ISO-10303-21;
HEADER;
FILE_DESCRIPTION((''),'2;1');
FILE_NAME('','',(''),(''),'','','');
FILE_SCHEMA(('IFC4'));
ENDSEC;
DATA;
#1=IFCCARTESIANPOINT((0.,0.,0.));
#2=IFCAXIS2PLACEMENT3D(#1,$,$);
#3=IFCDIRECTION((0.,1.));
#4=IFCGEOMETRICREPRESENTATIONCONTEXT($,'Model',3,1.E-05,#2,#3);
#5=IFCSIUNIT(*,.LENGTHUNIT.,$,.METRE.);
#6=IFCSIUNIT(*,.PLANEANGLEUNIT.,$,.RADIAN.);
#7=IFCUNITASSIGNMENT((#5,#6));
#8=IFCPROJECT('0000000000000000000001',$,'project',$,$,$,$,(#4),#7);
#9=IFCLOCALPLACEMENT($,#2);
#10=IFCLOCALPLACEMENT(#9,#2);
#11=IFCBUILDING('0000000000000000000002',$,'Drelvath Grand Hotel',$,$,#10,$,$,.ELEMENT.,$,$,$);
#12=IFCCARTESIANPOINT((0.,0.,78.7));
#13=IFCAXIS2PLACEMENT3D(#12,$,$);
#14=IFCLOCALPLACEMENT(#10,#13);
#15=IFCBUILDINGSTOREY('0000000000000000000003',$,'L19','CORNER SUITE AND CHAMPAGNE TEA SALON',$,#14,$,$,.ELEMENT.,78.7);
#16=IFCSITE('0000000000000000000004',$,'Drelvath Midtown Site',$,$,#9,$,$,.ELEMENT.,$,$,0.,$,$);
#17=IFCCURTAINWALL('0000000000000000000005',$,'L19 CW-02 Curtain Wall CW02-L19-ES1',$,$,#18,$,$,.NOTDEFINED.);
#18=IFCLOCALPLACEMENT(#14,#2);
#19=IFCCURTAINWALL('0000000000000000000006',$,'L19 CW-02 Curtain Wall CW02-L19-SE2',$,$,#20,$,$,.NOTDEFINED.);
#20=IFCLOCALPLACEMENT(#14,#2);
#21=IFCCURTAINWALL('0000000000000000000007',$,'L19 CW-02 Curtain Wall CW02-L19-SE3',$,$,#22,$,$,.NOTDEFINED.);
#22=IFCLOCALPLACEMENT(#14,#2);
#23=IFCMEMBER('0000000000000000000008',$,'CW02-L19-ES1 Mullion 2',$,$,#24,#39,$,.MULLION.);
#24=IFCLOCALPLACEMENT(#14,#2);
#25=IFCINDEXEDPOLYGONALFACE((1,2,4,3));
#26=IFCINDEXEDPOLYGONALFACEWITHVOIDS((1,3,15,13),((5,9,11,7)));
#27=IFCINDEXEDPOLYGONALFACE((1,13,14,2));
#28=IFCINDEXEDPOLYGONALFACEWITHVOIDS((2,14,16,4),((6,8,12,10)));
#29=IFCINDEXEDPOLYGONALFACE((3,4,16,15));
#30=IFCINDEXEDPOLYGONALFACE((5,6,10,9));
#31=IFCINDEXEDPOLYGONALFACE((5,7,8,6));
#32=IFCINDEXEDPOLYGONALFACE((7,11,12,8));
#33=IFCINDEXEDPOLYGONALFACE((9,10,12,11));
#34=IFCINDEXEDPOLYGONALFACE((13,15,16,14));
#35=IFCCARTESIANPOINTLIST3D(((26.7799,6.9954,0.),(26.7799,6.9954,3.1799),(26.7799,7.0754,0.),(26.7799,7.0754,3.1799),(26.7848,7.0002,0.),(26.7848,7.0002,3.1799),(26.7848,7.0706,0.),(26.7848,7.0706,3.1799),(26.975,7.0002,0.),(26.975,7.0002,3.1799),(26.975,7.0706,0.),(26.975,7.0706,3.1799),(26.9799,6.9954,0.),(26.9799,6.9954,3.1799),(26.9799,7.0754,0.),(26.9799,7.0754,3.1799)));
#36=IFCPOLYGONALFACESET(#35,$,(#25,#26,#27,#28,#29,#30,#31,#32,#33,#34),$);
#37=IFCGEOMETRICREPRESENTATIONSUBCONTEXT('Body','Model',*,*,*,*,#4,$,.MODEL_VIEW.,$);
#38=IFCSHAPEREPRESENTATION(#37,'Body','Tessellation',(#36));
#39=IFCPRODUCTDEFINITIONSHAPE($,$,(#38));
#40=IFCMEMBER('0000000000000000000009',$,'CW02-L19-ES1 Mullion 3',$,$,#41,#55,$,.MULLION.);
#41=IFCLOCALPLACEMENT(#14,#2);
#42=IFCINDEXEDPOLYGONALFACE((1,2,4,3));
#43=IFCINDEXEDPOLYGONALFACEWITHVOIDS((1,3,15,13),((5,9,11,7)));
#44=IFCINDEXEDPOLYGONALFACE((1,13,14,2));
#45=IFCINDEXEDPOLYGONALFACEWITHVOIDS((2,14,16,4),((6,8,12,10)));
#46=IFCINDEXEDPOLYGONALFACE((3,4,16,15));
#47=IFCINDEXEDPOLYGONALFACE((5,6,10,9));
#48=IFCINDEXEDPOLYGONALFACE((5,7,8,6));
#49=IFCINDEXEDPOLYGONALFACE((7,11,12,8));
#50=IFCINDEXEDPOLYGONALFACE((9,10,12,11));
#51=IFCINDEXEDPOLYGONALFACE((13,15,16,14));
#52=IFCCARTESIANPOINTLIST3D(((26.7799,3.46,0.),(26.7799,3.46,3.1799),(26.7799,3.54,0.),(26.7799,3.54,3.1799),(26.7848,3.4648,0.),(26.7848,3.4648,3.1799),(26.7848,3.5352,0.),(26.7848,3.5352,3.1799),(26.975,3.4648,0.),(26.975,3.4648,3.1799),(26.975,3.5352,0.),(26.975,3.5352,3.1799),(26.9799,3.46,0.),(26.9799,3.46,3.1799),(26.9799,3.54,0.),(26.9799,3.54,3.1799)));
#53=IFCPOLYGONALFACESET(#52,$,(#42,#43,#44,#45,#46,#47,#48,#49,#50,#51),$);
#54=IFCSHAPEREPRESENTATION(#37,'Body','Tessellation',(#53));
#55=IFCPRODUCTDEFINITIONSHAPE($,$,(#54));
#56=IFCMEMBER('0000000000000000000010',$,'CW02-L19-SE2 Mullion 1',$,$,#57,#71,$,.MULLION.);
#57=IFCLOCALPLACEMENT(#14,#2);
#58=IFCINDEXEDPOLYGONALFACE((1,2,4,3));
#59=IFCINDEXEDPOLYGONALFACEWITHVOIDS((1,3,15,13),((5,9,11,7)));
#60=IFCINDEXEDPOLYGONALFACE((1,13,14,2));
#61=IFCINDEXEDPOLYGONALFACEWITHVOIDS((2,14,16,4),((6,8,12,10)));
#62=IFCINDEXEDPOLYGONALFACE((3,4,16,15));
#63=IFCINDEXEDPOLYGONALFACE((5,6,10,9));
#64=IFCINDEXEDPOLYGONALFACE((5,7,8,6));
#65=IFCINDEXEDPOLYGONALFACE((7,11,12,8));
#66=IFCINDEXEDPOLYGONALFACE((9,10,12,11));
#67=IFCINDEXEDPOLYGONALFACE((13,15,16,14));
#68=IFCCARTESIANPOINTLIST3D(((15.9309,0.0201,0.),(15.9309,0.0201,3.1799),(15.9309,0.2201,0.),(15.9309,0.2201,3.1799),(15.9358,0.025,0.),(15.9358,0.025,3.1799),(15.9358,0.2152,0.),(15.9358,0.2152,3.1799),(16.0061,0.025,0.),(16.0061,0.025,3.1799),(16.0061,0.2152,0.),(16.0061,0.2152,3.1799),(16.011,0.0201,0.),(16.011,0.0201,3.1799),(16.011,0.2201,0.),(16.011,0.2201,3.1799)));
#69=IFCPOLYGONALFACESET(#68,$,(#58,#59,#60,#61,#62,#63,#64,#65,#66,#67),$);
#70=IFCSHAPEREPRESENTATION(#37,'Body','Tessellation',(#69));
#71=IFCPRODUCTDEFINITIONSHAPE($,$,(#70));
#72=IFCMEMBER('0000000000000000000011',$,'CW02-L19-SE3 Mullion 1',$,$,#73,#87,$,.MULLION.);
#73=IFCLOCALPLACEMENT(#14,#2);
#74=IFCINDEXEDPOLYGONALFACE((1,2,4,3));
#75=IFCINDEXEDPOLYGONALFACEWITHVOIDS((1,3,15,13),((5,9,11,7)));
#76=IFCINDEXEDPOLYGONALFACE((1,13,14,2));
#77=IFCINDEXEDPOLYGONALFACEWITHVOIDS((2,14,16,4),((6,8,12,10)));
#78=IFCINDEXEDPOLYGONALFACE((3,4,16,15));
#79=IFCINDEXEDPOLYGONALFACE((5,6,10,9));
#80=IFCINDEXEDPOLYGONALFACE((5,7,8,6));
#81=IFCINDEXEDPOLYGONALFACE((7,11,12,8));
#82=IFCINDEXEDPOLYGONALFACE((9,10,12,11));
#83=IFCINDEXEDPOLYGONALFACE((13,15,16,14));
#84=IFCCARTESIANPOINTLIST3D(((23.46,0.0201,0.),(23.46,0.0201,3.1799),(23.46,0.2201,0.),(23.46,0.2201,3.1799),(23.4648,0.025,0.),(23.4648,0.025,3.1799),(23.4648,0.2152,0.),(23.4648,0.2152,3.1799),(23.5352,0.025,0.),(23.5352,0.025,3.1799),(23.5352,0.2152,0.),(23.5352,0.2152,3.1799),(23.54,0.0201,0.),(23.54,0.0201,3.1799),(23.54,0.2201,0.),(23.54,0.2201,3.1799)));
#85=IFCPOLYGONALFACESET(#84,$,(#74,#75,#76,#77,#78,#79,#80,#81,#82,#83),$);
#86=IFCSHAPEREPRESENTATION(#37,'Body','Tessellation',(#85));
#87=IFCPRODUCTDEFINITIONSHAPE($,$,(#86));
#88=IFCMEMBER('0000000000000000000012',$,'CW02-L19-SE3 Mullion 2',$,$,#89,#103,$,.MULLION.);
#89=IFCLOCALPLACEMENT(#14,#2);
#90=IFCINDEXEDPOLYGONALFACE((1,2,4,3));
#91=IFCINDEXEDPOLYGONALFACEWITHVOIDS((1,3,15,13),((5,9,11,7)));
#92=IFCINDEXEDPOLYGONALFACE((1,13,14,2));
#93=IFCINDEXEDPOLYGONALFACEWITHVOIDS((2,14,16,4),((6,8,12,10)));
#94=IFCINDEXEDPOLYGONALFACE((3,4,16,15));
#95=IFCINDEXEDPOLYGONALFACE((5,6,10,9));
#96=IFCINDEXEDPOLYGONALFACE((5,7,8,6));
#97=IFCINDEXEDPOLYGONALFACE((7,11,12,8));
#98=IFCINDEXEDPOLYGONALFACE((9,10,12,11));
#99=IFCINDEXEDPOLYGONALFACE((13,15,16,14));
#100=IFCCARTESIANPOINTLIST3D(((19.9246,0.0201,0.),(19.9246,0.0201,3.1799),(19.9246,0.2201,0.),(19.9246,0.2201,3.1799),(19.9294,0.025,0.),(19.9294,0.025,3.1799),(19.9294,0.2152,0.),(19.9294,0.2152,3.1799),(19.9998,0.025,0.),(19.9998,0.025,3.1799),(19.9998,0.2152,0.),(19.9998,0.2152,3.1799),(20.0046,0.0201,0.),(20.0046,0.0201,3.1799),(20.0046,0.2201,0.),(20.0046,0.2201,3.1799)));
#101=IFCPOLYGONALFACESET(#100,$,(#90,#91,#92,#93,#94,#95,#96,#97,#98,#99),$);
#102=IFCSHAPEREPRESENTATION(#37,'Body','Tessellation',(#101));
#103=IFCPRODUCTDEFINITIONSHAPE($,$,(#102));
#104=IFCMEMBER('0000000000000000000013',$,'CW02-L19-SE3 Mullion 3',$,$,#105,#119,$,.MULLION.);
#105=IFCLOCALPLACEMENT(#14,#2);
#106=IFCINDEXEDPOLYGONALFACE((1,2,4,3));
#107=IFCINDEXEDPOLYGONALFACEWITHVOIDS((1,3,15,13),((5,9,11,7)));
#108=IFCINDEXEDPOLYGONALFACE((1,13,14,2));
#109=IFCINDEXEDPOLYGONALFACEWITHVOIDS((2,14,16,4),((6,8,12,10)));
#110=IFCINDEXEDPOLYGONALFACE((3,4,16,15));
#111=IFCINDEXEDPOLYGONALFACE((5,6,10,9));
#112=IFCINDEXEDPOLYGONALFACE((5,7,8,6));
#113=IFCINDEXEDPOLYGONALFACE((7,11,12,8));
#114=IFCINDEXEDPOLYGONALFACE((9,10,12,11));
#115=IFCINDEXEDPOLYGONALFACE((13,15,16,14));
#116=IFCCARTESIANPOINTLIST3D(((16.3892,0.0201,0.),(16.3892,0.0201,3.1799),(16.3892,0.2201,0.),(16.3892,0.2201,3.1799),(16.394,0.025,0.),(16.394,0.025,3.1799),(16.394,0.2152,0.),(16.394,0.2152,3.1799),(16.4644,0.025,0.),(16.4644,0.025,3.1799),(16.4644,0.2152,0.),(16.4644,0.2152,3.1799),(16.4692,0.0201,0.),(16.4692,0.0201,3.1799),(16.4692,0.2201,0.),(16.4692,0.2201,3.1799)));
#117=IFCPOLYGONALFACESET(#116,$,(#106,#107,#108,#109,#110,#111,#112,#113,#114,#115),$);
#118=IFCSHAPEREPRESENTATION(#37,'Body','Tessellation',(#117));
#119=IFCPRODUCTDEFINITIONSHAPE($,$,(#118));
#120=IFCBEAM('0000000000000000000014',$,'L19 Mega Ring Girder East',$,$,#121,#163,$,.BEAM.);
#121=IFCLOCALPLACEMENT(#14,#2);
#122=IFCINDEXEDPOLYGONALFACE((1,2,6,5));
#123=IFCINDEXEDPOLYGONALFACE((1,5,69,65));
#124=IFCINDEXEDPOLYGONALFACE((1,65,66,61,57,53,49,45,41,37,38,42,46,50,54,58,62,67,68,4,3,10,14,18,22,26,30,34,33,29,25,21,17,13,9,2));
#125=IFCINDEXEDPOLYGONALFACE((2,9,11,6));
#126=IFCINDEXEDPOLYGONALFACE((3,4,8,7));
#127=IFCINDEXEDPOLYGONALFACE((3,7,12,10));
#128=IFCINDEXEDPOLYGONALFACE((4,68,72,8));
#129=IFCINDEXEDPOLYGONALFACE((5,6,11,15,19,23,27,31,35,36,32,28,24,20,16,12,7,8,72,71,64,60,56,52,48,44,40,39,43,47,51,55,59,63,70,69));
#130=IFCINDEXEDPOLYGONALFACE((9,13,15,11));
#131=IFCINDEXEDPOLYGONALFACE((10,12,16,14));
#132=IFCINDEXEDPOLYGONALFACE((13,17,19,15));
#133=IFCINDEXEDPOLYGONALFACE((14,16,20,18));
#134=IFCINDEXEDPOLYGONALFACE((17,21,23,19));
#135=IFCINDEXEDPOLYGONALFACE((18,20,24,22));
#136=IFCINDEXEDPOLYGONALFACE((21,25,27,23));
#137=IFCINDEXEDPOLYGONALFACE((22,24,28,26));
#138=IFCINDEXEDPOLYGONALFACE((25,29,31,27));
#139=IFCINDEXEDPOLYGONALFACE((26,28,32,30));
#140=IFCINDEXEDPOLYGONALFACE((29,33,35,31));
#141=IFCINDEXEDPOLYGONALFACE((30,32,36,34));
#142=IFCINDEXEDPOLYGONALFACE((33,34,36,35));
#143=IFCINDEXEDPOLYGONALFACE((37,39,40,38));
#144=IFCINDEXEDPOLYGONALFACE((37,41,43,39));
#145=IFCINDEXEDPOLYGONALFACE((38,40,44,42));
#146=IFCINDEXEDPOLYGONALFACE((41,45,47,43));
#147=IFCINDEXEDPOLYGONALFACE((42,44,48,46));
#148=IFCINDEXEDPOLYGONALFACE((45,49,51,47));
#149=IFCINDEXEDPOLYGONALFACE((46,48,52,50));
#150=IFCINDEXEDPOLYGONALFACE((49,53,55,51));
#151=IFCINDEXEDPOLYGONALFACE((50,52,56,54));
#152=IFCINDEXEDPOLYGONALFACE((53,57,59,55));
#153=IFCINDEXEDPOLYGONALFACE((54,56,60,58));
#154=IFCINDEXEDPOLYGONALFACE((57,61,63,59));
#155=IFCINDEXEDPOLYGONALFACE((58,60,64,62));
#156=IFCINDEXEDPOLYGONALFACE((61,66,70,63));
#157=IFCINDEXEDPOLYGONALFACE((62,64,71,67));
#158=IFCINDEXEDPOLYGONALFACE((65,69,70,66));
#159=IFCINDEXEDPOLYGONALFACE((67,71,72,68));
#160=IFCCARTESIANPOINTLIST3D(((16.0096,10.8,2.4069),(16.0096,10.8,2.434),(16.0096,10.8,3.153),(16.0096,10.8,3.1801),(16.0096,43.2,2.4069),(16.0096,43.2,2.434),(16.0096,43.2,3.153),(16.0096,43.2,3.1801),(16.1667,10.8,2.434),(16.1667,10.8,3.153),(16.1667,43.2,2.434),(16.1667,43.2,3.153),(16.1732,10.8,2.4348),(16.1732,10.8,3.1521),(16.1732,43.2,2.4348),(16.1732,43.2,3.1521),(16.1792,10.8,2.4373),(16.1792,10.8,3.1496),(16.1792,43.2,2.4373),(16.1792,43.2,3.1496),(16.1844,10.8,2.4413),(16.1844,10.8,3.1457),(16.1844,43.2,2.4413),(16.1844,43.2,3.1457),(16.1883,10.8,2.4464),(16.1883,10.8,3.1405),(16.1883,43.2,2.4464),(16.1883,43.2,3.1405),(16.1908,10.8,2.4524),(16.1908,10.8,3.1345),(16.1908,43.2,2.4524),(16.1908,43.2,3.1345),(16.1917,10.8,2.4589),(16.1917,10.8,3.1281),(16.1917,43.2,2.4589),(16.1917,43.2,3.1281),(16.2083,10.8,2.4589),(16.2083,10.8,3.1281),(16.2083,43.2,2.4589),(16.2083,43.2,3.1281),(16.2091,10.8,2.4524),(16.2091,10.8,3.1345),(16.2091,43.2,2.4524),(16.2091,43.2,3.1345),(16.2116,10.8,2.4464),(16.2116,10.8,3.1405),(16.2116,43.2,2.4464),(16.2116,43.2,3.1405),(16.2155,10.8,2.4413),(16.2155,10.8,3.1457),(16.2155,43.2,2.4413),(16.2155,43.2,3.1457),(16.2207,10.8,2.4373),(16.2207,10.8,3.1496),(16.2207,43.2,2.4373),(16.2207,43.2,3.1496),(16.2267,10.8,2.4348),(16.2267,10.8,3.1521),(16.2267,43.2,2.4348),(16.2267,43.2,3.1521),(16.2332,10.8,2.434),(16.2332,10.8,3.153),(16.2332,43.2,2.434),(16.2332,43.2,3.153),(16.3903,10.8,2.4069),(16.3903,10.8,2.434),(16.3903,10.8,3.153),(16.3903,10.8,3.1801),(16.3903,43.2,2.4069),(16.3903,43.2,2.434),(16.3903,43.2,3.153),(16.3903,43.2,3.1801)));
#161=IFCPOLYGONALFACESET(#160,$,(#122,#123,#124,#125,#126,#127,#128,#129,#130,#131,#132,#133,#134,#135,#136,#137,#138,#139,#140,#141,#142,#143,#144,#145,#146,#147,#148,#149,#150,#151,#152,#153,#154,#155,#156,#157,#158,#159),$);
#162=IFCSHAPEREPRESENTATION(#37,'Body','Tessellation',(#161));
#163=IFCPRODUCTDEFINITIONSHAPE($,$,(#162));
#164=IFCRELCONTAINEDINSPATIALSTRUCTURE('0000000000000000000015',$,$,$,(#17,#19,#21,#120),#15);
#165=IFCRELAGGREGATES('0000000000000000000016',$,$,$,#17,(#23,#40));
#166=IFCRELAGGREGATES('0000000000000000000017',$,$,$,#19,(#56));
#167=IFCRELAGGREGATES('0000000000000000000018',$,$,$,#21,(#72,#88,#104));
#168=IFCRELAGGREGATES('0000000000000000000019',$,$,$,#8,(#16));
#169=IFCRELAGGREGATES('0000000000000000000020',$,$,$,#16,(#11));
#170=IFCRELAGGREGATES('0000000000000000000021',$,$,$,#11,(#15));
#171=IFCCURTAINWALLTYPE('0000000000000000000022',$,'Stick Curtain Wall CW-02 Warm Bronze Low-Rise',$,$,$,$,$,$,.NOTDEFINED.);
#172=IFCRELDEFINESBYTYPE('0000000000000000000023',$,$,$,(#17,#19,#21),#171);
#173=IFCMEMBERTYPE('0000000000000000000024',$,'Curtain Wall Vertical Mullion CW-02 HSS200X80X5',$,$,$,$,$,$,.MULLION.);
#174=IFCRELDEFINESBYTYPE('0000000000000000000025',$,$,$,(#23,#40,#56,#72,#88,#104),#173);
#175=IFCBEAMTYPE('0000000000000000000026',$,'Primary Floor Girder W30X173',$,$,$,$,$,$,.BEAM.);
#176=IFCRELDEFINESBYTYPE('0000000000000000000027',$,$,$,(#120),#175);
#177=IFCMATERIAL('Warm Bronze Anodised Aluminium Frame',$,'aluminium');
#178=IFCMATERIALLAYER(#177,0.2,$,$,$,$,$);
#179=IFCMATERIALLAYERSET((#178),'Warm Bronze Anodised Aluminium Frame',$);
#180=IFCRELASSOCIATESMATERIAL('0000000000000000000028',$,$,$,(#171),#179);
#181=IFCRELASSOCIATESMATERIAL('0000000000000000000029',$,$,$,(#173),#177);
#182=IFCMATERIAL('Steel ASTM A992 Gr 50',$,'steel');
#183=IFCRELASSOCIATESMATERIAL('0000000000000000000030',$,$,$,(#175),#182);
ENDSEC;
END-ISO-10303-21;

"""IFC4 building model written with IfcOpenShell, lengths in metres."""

from ifc_helpers import new_model, si_unit, direction, frame, origin, origin_2d, place, context, subcontext, project, spatial, hollow_rectangle, i_section, extrude, material, layer, layer_set, material_profile, profile_set, type_object, element, aggregate, save


model = new_model("IFC4")

# Units and contexts
model_context = context("Model", 3, precision=1e-05, world=origin(), true_north=direction((0.0, 1.0)))
body_context = subcontext(model_context, "Body", "Model", "MODEL_VIEW")
ifc_project = project(units=[si_unit("LENGTHUNIT", "METRE"), si_unit("PLANEANGLEUNIT", "RADIAN")], contexts=[model_context])

# Site, building, storey
site_placement = place(None, origin())
site = spatial("IfcSite", under=ifc_project, at=site_placement, Name="Drelvath Midtown Site", CompositionType="ELEMENT", RefElevation=0.0)
building_placement = place(site_placement, origin())
building = spatial("IfcBuilding", under=site, at=building_placement, Name="Drelvath Grand Hotel", CompositionType="ELEMENT")
storey_placement = place(building_placement, frame((0.0, 0.0, 78.7)))
storey = spatial("IfcBuildingStorey", under=building, at=storey_placement, Name="L19", Description="CORNER SUITE AND CHAMPAGNE TEA SALON", CompositionType="ELEMENT", Elevation=78.7)

# Shared definitions
ifc_material_1 = material(Name="Steel ASTM A992 Gr 50", Category="steel")

# Curtain walls
ifc_material_2 = material(Name="Warm Bronze Anodised Aluminium Frame", Category="aluminium")
ifc_layer_1 = layer(ifc_material_2, 0.2)
ifc_layer_set_1 = layer_set([ifc_layer_1], Name="Warm Bronze Anodised Aluminium Frame")
curtain_wall_type = type_object("IfcCurtainWallType", Name="Stick Curtain Wall CW-02 Warm Bronze Low-Rise", PredefinedType="NOTDEFINED", material=ifc_layer_set_1)
curtain_wall_1_placement = place(storey_placement, origin())
curtain_wall_1 = element("IfcCurtainWall", 1, at=curtain_wall_1_placement, inside=storey, type_object=curtain_wall_type, Name="L19 CW-02 Curtain Wall CW02-L19-ES1", PredefinedType="NOTDEFINED")
curtain_wall_2_placement = place(storey_placement, origin())
curtain_wall_2 = element("IfcCurtainWall", 2, at=curtain_wall_2_placement, inside=storey, type_object=curtain_wall_type, Name="L19 CW-02 Curtain Wall CW02-L19-SE2", PredefinedType="NOTDEFINED")
curtain_wall_3_placement = place(storey_placement, origin())
curtain_wall_3 = element("IfcCurtainWall", 3, at=curtain_wall_3_placement, inside=storey, type_object=curtain_wall_type, Name="L19 CW-02 Curtain Wall CW02-L19-SE3", PredefinedType="NOTDEFINED")

# Members
ifc_material_profile_1 = material_profile(ifc_material_2, hollow_rectangle(XDim=0.0801, YDim=0.2, WallThickness=0.0049, at=origin_2d()), Name="HSS200X80X5")
ifc_profile_set_1 = profile_set([ifc_material_profile_1], Name="Warm Bronze Anodised Aluminium Frame")
member_type_1 = type_object("IfcMemberType", Name="Curtain Wall Vertical Mullion CW-02 HSS200X80X5", PredefinedType="MULLION", material=ifc_profile_set_1)
member_1_placement = place(storey_placement, frame((26.8799, 7.0354, 0.0), z_axis=(0.0, 0.0, 1.0), x_axis=(0.0, 1.0, 0.0)))
member_1 = element("IfcMember", 4, at=member_1_placement, type_object=member_type_1, Name="CW02-L19-ES1 Mullion 2", PredefinedType="MULLION", context=body_context, shape_type="SweptSolid", body=[
    extrude(hollow_rectangle(XDim=0.0801, YDim=0.2, WallThickness=0.0049, at=origin_2d()), origin(), (0.0, 0.0, 1.0), 3.1799),
])
member_2_placement = place(storey_placement, frame((26.8799, 3.5, 0.0), z_axis=(0.0, 0.0, 1.0), x_axis=(0.0, 1.0, 0.0)))
member_2 = element("IfcMember", 5, at=member_2_placement, type_object=member_type_1, Name="CW02-L19-ES1 Mullion 3", PredefinedType="MULLION", context=body_context, shape_type="SweptSolid", body=[
    extrude(hollow_rectangle(XDim=0.0801, YDim=0.2, WallThickness=0.0049, at=origin_2d()), origin(), (0.0, 0.0, 1.0), 3.1799),
])
member_3_placement = place(storey_placement, frame((15.9709, 0.1201, 0.0), z_axis=(0.0, 0.0, 1.0), x_axis=(1.0, 0.0, 0.0)))
member_3 = element("IfcMember", 6, at=member_3_placement, type_object=member_type_1, Name="CW02-L19-SE2 Mullion 1", PredefinedType="MULLION", context=body_context, shape_type="SweptSolid", body=[
    extrude(hollow_rectangle(XDim=0.0801, YDim=0.2, WallThickness=0.0049, at=origin_2d()), origin(), (0.0, 0.0, 1.0), 3.1799),
])
member_4_placement = place(storey_placement, frame((23.5, 0.1201, 0.0), z_axis=(0.0, 0.0, 1.0), x_axis=(1.0, 0.0, 0.0)))
member_4 = element("IfcMember", 7, at=member_4_placement, type_object=member_type_1, Name="CW02-L19-SE3 Mullion 1", PredefinedType="MULLION", context=body_context, shape_type="SweptSolid", body=[
    extrude(hollow_rectangle(XDim=0.0801, YDim=0.2, WallThickness=0.0049, at=origin_2d()), origin(), (0.0, 0.0, 1.0), 3.1799),
])
member_5_placement = place(storey_placement, frame((19.9646, 0.1201, 0.0), z_axis=(0.0, 0.0, 1.0), x_axis=(1.0, 0.0, 0.0)))
member_5 = element("IfcMember", 8, at=member_5_placement, type_object=member_type_1, Name="CW02-L19-SE3 Mullion 2", PredefinedType="MULLION", context=body_context, shape_type="SweptSolid", body=[
    extrude(hollow_rectangle(XDim=0.0801, YDim=0.2, WallThickness=0.0049, at=origin_2d()), origin(), (0.0, 0.0, 1.0), 3.1799),
])
member_6_placement = place(storey_placement, frame((16.4292, 0.1201, 0.0), z_axis=(0.0, 0.0, 1.0), x_axis=(1.0, 0.0, 0.0)))
member_6 = element("IfcMember", 9, at=member_6_placement, type_object=member_type_1, Name="CW02-L19-SE3 Mullion 3", PredefinedType="MULLION", context=body_context, shape_type="SweptSolid", body=[
    extrude(hollow_rectangle(XDim=0.0801, YDim=0.2, WallThickness=0.0049, at=origin_2d()), origin(), (0.0, 0.0, 1.0), 3.1799),
])

# Beam
ifc_material_profile_2 = material_profile(ifc_material_1, i_section(OverallWidth=0.3806, OverallDepth=0.7732, WebThickness=0.0166, FlangeThickness=0.0271, FilletRadius=0.0249, at=origin_2d()), Name="W30X173")
ifc_profile_set_2 = profile_set([ifc_material_profile_2], Name="Steel ASTM A992 Gr 50")
beam_type_1 = type_object("IfcBeamType", Name="Primary Floor Girder W30X173", PredefinedType="BEAM", material=ifc_profile_set_2)
beam_1_placement = place(storey_placement, frame((16.2, 10.8, 2.7935), z_axis=(0.0, 1.0, 0.0), x_axis=(-1.0, 0.0, 0.0)))
element("IfcBeam", 10, at=beam_1_placement, inside=storey, type_object=beam_type_1, Name="L19 Mega Ring Girder East", PredefinedType="BEAM", context=body_context, shape_type="SweptSolid", body=[
    extrude(i_section(OverallWidth=0.3806, OverallDepth=0.7732, WebThickness=0.0166, FlangeThickness=0.0271, FilletRadius=0.0249, at=origin_2d()), origin(), (0.0, 0.0, 1.0), 32.3999),
])

aggregate(curtain_wall_1, [member_1, member_2])
aggregate(curtain_wall_2, [member_3])
aggregate(curtain_wall_3, [member_4, member_5, member_6])

save(model, "model.ifc")
